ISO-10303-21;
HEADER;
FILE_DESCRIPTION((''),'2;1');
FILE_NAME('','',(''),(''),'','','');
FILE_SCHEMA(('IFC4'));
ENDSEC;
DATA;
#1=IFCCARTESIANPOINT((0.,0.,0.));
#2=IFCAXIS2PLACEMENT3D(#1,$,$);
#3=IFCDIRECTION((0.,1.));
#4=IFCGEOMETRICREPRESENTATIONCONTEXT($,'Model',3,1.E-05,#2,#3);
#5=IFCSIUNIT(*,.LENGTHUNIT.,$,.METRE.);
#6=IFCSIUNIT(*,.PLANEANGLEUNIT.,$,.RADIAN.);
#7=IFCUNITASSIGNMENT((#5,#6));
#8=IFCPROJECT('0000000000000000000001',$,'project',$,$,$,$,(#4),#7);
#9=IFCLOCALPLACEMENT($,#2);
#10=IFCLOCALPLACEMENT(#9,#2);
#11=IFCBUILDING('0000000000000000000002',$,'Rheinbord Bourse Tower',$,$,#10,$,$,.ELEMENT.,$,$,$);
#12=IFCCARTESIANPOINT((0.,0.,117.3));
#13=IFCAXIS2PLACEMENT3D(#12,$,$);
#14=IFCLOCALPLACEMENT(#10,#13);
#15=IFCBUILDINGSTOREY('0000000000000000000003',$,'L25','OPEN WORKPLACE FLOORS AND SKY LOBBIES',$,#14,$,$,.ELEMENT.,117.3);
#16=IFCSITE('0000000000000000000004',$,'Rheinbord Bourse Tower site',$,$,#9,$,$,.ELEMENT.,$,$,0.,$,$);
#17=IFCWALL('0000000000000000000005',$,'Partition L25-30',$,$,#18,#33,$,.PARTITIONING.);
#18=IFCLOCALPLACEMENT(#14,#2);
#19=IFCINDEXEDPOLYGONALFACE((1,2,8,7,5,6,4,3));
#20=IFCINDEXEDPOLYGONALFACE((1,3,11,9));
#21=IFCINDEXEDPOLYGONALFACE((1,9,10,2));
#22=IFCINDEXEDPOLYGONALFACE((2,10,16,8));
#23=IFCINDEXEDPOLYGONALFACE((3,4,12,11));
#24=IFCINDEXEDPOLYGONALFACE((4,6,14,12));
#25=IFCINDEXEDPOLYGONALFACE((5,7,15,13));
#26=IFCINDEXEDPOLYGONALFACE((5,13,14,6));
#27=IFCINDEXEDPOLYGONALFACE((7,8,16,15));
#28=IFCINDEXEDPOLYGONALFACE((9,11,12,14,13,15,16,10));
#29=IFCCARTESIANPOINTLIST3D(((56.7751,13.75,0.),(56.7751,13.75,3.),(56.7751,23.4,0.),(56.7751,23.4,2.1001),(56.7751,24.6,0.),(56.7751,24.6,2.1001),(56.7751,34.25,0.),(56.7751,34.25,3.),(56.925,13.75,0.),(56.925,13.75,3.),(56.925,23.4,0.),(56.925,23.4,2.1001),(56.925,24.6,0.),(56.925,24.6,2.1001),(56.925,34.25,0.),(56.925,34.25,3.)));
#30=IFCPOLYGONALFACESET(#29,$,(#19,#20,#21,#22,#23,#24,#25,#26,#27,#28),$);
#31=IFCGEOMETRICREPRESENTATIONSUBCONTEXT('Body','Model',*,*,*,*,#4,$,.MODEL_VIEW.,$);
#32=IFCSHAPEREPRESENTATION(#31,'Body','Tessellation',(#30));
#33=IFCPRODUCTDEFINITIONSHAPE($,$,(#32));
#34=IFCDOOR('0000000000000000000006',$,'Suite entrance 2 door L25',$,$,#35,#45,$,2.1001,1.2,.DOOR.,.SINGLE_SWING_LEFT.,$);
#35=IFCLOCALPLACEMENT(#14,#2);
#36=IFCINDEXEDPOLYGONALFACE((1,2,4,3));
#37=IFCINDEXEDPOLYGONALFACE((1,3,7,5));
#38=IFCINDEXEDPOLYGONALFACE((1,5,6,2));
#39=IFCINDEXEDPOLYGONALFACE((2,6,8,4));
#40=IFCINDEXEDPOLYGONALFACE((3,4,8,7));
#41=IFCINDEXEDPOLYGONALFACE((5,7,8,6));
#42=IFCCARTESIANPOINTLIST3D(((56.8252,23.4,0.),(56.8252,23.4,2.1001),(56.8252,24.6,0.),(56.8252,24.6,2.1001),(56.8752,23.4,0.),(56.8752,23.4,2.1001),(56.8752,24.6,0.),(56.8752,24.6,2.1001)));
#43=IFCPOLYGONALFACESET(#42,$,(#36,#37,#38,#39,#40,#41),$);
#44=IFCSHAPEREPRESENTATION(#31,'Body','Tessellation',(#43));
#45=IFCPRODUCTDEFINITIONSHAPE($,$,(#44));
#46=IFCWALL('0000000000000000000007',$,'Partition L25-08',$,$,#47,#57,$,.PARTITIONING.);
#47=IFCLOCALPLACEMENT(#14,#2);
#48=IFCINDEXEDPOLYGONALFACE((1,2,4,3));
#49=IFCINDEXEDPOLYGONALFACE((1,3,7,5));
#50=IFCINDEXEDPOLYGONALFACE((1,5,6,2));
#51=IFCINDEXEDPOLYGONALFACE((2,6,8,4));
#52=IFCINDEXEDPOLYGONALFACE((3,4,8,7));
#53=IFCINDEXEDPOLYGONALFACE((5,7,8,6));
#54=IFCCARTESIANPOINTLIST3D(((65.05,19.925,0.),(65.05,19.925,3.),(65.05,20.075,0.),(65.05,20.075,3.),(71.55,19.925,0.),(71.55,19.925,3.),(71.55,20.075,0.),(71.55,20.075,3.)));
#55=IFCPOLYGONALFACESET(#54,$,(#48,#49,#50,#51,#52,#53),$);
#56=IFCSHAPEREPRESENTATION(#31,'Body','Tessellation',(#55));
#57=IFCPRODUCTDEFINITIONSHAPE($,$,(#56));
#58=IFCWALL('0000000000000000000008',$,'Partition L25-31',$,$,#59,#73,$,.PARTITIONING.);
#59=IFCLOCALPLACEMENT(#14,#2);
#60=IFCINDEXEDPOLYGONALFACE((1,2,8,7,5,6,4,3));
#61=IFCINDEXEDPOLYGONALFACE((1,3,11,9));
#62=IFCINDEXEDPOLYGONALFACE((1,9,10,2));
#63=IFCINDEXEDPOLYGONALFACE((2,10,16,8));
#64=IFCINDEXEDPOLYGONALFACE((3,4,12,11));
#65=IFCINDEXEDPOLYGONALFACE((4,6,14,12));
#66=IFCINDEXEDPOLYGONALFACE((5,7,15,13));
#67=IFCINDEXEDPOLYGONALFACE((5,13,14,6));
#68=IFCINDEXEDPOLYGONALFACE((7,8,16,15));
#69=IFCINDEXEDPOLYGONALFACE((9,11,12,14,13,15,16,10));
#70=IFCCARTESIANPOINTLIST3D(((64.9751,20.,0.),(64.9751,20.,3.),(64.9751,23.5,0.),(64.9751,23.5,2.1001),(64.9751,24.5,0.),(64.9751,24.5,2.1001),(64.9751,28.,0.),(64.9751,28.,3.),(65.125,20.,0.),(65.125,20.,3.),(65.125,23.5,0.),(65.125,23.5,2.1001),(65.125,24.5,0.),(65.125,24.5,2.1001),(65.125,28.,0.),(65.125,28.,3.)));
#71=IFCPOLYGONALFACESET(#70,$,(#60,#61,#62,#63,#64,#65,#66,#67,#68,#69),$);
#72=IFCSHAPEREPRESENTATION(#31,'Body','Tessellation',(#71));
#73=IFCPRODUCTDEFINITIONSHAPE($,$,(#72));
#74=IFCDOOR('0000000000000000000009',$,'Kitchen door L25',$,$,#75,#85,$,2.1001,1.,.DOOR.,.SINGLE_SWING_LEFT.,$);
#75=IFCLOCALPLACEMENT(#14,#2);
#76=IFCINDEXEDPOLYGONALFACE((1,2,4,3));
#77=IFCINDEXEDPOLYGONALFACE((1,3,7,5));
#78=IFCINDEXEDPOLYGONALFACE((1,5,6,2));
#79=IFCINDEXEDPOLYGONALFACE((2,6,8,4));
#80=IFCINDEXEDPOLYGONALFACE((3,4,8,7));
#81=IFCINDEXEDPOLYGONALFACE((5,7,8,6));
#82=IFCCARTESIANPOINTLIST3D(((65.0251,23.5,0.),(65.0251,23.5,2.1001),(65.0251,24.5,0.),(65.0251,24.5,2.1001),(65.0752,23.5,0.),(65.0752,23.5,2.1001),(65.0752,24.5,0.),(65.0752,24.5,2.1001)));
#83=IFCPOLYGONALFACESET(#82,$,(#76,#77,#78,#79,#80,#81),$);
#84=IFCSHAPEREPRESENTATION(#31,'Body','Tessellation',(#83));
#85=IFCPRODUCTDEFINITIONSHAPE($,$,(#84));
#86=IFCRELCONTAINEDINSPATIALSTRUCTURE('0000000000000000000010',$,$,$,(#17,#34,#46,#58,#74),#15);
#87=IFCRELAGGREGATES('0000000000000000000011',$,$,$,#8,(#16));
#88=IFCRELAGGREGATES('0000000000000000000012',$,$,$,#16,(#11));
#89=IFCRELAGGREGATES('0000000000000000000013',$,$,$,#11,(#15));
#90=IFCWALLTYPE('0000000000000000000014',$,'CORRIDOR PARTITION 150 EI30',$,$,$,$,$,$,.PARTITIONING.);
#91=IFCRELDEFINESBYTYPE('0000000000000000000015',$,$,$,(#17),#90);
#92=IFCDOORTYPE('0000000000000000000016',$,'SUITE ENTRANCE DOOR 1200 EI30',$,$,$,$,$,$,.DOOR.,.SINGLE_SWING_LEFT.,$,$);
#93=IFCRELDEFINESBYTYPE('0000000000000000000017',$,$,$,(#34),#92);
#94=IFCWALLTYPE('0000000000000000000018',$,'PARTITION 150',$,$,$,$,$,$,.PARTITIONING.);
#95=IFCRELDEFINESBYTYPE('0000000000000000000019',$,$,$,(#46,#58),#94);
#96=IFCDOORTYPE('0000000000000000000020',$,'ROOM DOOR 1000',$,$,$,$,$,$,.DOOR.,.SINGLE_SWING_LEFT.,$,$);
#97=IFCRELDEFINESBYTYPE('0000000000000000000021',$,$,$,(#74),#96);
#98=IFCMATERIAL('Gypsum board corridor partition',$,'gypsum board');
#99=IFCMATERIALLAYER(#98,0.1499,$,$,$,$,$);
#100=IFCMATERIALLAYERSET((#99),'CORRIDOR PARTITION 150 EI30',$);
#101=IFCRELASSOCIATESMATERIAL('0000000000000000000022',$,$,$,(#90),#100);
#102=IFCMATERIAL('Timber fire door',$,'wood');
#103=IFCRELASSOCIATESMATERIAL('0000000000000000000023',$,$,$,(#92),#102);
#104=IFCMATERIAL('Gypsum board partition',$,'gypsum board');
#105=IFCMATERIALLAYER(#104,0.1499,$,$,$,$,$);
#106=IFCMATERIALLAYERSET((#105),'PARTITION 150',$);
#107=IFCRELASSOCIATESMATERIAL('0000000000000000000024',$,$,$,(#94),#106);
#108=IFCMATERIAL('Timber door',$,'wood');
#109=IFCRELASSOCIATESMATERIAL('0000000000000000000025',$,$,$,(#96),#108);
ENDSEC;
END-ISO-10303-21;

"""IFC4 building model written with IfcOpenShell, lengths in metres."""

from ifc_helpers import new_model, si_unit, direction, frame, frame_2d, origin, place, context, subcontext, project, spatial, rectangle, extrude, material, layer, layer_set, type_object, element, fill, save


model = new_model("IFC4")

# Units and contexts
model_context = context("Model", 3, precision=1e-05, world=origin(), true_north=direction((0.0, 1.0)))
body_context = subcontext(model_context, "Body", "Model", "MODEL_VIEW")
ifc_project = project(units=[si_unit("LENGTHUNIT", "METRE"), si_unit("PLANEANGLEUNIT", "RADIAN")], contexts=[model_context])

# Site, building, storey
site_placement = place(None, origin())
site = spatial("IfcSite", under=ifc_project, at=site_placement, Name="Rheinbord Bourse Tower site", CompositionType="ELEMENT", RefElevation=0.0)
building_placement = place(site_placement, origin())
building = spatial("IfcBuilding", under=site, at=building_placement, Name="Rheinbord Bourse Tower", CompositionType="ELEMENT")
storey_placement = place(building_placement, frame((0.0, 0.0, 117.3)))
storey = spatial("IfcBuildingStorey", under=building, at=storey_placement, Name="L25", Description="OPEN WORKPLACE FLOORS AND SKY LOBBIES", CompositionType="ELEMENT", Elevation=117.3)

# Wall, opening, door
ifc_material_1 = material(Name="Gypsum board corridor partition", Category="gypsum board")
ifc_layer_1 = layer(ifc_material_1, 0.1499)
ifc_layer_set_1 = layer_set([ifc_layer_1], Name="CORRIDOR PARTITION 150 EI30")
wall_type_1 = type_object("IfcWallType", Name="CORRIDOR PARTITION 150 EI30", PredefinedType="PARTITIONING", material=ifc_layer_set_1)
wall_1_placement = place(storey_placement, frame((56.8501, 13.75, 0.0), z_axis=(0.0, 0.0, 1.0), x_axis=(0.0, 1.0, 0.0)))
wall_1 = element("IfcWall", 1, at=wall_1_placement, inside=storey, type_object=wall_type_1, Name="Partition L25-30", PredefinedType="PARTITIONING", context=body_context, shape_type="SweptSolid", body=[
    extrude(rectangle(XDim=20.5, YDim=0.1499, at=frame_2d((10.25, 0.0))), origin(), (0.0, 0.0, 1.0), 3.0),
])
opening_1_placement = place(wall_1_placement, frame((9.6499, 0.0, 0.0)))
opening_1 = element("IfcOpeningElement", 2, at=opening_1_placement, cuts=wall_1, PredefinedType="OPENING", context=body_context, shape_type="SweptSolid", body=[
    extrude(rectangle(XDim=1.2, YDim=2.1001, at=frame_2d((0.6001, 1.05))), frame((0.0, 0.085, 0.0), z_axis=(0.0, -1.0, 0.0), x_axis=(1.0, 0.0, 0.0)), (0.0, 0.0, 1.0), 0.1699),
])
ifc_material_2 = material(Name="Timber fire door", Category="wood")
door_type_1 = type_object("IfcDoorType", Name="SUITE ENTRANCE DOOR 1200 EI30", OperationType="SINGLE_SWING_LEFT", PredefinedType="DOOR", material=ifc_material_2)
door_1_placement = place(opening_1_placement, origin())
door_1 = element("IfcDoor", 3, at=door_1_placement, inside=storey, type_object=door_type_1, Name="Suite entrance 2 door L25", OperationType="SINGLE_SWING_LEFT", OverallHeight=2.1001, OverallWidth=1.2, PredefinedType="DOOR", context=body_context, shape_type="SweptSolid", body=[
    extrude(rectangle(XDim=1.2, YDim=2.1001, at=frame_2d((0.6001, 1.05))), frame((0.0, 0.0249, 0.0), z_axis=(0.0, -1.0, 0.0), x_axis=(1.0, 0.0, 0.0)), (0.0, 0.0, 1.0), 0.05),
])
fill(opening_1, door_1)

# Wall
ifc_material_3 = material(Name="Gypsum board partition", Category="gypsum board")
ifc_layer_2 = layer(ifc_material_3, 0.1499)
ifc_layer_set_2 = layer_set([ifc_layer_2], Name="PARTITION 150")
wall_type_2 = type_object("IfcWallType", Name="PARTITION 150", PredefinedType="PARTITIONING", material=ifc_layer_set_2)
wall_2_placement = place(storey_placement, frame((65.05, 20.0, 0.0), z_axis=(0.0, 0.0, 1.0), x_axis=(1.0, 0.0, 0.0)))
element("IfcWall", 4, at=wall_2_placement, inside=storey, type_object=wall_type_2, Name="Partition L25-08", PredefinedType="PARTITIONING", context=body_context, shape_type="SweptSolid", body=[
    extrude(rectangle(XDim=6.5, YDim=0.1499, at=frame_2d((3.25, 0.0))), origin(), (0.0, 0.0, 1.0), 3.0),
])

# Wall, opening, door
wall_3_placement = place(storey_placement, frame((65.05, 20.0, 0.0), z_axis=(0.0, 0.0, 1.0), x_axis=(0.0, 1.0, 0.0)))
wall_3 = element("IfcWall", 5, at=wall_3_placement, inside=storey, type_object=wall_type_2, Name="Partition L25-31", PredefinedType="PARTITIONING", context=body_context, shape_type="SweptSolid", body=[
    extrude(rectangle(XDim=8.0, YDim=0.1499, at=frame_2d((4.0, 0.0))), origin(), (0.0, 0.0, 1.0), 3.0),
])
opening_2_placement = place(wall_3_placement, frame((3.5, 0.0, 0.0)))
opening_2 = element("IfcOpeningElement", 6, at=opening_2_placement, cuts=wall_3, PredefinedType="OPENING", context=body_context, shape_type="SweptSolid", body=[
    extrude(rectangle(XDim=1.0, YDim=2.1001, at=frame_2d((0.5, 1.05))), frame((0.0, 0.085, 0.0), z_axis=(0.0, -1.0, 0.0), x_axis=(1.0, 0.0, 0.0)), (0.0, 0.0, 1.0), 0.1699),
])
ifc_material_4 = material(Name="Timber door", Category="wood")
door_type_2 = type_object("IfcDoorType", Name="ROOM DOOR 1000", OperationType="SINGLE_SWING_LEFT", PredefinedType="DOOR", material=ifc_material_4)
door_2_placement = place(opening_2_placement, origin())
door_2 = element("IfcDoor", 7, at=door_2_placement, inside=storey, type_object=door_type_2, Name="Kitchen door L25", OperationType="SINGLE_SWING_LEFT", OverallHeight=2.1001, OverallWidth=1.0, PredefinedType="DOOR", context=body_context, shape_type="SweptSolid", body=[
    extrude(rectangle(XDim=1.0, YDim=2.1001, at=frame_2d((0.5, 1.05))), frame((0.0, 0.0249, 0.0), z_axis=(0.0, -1.0, 0.0), x_axis=(1.0, 0.0, 0.0)), (0.0, 0.0, 1.0), 0.05),
])
fill(opening_2, door_2)

save(model, "model.ifc")
